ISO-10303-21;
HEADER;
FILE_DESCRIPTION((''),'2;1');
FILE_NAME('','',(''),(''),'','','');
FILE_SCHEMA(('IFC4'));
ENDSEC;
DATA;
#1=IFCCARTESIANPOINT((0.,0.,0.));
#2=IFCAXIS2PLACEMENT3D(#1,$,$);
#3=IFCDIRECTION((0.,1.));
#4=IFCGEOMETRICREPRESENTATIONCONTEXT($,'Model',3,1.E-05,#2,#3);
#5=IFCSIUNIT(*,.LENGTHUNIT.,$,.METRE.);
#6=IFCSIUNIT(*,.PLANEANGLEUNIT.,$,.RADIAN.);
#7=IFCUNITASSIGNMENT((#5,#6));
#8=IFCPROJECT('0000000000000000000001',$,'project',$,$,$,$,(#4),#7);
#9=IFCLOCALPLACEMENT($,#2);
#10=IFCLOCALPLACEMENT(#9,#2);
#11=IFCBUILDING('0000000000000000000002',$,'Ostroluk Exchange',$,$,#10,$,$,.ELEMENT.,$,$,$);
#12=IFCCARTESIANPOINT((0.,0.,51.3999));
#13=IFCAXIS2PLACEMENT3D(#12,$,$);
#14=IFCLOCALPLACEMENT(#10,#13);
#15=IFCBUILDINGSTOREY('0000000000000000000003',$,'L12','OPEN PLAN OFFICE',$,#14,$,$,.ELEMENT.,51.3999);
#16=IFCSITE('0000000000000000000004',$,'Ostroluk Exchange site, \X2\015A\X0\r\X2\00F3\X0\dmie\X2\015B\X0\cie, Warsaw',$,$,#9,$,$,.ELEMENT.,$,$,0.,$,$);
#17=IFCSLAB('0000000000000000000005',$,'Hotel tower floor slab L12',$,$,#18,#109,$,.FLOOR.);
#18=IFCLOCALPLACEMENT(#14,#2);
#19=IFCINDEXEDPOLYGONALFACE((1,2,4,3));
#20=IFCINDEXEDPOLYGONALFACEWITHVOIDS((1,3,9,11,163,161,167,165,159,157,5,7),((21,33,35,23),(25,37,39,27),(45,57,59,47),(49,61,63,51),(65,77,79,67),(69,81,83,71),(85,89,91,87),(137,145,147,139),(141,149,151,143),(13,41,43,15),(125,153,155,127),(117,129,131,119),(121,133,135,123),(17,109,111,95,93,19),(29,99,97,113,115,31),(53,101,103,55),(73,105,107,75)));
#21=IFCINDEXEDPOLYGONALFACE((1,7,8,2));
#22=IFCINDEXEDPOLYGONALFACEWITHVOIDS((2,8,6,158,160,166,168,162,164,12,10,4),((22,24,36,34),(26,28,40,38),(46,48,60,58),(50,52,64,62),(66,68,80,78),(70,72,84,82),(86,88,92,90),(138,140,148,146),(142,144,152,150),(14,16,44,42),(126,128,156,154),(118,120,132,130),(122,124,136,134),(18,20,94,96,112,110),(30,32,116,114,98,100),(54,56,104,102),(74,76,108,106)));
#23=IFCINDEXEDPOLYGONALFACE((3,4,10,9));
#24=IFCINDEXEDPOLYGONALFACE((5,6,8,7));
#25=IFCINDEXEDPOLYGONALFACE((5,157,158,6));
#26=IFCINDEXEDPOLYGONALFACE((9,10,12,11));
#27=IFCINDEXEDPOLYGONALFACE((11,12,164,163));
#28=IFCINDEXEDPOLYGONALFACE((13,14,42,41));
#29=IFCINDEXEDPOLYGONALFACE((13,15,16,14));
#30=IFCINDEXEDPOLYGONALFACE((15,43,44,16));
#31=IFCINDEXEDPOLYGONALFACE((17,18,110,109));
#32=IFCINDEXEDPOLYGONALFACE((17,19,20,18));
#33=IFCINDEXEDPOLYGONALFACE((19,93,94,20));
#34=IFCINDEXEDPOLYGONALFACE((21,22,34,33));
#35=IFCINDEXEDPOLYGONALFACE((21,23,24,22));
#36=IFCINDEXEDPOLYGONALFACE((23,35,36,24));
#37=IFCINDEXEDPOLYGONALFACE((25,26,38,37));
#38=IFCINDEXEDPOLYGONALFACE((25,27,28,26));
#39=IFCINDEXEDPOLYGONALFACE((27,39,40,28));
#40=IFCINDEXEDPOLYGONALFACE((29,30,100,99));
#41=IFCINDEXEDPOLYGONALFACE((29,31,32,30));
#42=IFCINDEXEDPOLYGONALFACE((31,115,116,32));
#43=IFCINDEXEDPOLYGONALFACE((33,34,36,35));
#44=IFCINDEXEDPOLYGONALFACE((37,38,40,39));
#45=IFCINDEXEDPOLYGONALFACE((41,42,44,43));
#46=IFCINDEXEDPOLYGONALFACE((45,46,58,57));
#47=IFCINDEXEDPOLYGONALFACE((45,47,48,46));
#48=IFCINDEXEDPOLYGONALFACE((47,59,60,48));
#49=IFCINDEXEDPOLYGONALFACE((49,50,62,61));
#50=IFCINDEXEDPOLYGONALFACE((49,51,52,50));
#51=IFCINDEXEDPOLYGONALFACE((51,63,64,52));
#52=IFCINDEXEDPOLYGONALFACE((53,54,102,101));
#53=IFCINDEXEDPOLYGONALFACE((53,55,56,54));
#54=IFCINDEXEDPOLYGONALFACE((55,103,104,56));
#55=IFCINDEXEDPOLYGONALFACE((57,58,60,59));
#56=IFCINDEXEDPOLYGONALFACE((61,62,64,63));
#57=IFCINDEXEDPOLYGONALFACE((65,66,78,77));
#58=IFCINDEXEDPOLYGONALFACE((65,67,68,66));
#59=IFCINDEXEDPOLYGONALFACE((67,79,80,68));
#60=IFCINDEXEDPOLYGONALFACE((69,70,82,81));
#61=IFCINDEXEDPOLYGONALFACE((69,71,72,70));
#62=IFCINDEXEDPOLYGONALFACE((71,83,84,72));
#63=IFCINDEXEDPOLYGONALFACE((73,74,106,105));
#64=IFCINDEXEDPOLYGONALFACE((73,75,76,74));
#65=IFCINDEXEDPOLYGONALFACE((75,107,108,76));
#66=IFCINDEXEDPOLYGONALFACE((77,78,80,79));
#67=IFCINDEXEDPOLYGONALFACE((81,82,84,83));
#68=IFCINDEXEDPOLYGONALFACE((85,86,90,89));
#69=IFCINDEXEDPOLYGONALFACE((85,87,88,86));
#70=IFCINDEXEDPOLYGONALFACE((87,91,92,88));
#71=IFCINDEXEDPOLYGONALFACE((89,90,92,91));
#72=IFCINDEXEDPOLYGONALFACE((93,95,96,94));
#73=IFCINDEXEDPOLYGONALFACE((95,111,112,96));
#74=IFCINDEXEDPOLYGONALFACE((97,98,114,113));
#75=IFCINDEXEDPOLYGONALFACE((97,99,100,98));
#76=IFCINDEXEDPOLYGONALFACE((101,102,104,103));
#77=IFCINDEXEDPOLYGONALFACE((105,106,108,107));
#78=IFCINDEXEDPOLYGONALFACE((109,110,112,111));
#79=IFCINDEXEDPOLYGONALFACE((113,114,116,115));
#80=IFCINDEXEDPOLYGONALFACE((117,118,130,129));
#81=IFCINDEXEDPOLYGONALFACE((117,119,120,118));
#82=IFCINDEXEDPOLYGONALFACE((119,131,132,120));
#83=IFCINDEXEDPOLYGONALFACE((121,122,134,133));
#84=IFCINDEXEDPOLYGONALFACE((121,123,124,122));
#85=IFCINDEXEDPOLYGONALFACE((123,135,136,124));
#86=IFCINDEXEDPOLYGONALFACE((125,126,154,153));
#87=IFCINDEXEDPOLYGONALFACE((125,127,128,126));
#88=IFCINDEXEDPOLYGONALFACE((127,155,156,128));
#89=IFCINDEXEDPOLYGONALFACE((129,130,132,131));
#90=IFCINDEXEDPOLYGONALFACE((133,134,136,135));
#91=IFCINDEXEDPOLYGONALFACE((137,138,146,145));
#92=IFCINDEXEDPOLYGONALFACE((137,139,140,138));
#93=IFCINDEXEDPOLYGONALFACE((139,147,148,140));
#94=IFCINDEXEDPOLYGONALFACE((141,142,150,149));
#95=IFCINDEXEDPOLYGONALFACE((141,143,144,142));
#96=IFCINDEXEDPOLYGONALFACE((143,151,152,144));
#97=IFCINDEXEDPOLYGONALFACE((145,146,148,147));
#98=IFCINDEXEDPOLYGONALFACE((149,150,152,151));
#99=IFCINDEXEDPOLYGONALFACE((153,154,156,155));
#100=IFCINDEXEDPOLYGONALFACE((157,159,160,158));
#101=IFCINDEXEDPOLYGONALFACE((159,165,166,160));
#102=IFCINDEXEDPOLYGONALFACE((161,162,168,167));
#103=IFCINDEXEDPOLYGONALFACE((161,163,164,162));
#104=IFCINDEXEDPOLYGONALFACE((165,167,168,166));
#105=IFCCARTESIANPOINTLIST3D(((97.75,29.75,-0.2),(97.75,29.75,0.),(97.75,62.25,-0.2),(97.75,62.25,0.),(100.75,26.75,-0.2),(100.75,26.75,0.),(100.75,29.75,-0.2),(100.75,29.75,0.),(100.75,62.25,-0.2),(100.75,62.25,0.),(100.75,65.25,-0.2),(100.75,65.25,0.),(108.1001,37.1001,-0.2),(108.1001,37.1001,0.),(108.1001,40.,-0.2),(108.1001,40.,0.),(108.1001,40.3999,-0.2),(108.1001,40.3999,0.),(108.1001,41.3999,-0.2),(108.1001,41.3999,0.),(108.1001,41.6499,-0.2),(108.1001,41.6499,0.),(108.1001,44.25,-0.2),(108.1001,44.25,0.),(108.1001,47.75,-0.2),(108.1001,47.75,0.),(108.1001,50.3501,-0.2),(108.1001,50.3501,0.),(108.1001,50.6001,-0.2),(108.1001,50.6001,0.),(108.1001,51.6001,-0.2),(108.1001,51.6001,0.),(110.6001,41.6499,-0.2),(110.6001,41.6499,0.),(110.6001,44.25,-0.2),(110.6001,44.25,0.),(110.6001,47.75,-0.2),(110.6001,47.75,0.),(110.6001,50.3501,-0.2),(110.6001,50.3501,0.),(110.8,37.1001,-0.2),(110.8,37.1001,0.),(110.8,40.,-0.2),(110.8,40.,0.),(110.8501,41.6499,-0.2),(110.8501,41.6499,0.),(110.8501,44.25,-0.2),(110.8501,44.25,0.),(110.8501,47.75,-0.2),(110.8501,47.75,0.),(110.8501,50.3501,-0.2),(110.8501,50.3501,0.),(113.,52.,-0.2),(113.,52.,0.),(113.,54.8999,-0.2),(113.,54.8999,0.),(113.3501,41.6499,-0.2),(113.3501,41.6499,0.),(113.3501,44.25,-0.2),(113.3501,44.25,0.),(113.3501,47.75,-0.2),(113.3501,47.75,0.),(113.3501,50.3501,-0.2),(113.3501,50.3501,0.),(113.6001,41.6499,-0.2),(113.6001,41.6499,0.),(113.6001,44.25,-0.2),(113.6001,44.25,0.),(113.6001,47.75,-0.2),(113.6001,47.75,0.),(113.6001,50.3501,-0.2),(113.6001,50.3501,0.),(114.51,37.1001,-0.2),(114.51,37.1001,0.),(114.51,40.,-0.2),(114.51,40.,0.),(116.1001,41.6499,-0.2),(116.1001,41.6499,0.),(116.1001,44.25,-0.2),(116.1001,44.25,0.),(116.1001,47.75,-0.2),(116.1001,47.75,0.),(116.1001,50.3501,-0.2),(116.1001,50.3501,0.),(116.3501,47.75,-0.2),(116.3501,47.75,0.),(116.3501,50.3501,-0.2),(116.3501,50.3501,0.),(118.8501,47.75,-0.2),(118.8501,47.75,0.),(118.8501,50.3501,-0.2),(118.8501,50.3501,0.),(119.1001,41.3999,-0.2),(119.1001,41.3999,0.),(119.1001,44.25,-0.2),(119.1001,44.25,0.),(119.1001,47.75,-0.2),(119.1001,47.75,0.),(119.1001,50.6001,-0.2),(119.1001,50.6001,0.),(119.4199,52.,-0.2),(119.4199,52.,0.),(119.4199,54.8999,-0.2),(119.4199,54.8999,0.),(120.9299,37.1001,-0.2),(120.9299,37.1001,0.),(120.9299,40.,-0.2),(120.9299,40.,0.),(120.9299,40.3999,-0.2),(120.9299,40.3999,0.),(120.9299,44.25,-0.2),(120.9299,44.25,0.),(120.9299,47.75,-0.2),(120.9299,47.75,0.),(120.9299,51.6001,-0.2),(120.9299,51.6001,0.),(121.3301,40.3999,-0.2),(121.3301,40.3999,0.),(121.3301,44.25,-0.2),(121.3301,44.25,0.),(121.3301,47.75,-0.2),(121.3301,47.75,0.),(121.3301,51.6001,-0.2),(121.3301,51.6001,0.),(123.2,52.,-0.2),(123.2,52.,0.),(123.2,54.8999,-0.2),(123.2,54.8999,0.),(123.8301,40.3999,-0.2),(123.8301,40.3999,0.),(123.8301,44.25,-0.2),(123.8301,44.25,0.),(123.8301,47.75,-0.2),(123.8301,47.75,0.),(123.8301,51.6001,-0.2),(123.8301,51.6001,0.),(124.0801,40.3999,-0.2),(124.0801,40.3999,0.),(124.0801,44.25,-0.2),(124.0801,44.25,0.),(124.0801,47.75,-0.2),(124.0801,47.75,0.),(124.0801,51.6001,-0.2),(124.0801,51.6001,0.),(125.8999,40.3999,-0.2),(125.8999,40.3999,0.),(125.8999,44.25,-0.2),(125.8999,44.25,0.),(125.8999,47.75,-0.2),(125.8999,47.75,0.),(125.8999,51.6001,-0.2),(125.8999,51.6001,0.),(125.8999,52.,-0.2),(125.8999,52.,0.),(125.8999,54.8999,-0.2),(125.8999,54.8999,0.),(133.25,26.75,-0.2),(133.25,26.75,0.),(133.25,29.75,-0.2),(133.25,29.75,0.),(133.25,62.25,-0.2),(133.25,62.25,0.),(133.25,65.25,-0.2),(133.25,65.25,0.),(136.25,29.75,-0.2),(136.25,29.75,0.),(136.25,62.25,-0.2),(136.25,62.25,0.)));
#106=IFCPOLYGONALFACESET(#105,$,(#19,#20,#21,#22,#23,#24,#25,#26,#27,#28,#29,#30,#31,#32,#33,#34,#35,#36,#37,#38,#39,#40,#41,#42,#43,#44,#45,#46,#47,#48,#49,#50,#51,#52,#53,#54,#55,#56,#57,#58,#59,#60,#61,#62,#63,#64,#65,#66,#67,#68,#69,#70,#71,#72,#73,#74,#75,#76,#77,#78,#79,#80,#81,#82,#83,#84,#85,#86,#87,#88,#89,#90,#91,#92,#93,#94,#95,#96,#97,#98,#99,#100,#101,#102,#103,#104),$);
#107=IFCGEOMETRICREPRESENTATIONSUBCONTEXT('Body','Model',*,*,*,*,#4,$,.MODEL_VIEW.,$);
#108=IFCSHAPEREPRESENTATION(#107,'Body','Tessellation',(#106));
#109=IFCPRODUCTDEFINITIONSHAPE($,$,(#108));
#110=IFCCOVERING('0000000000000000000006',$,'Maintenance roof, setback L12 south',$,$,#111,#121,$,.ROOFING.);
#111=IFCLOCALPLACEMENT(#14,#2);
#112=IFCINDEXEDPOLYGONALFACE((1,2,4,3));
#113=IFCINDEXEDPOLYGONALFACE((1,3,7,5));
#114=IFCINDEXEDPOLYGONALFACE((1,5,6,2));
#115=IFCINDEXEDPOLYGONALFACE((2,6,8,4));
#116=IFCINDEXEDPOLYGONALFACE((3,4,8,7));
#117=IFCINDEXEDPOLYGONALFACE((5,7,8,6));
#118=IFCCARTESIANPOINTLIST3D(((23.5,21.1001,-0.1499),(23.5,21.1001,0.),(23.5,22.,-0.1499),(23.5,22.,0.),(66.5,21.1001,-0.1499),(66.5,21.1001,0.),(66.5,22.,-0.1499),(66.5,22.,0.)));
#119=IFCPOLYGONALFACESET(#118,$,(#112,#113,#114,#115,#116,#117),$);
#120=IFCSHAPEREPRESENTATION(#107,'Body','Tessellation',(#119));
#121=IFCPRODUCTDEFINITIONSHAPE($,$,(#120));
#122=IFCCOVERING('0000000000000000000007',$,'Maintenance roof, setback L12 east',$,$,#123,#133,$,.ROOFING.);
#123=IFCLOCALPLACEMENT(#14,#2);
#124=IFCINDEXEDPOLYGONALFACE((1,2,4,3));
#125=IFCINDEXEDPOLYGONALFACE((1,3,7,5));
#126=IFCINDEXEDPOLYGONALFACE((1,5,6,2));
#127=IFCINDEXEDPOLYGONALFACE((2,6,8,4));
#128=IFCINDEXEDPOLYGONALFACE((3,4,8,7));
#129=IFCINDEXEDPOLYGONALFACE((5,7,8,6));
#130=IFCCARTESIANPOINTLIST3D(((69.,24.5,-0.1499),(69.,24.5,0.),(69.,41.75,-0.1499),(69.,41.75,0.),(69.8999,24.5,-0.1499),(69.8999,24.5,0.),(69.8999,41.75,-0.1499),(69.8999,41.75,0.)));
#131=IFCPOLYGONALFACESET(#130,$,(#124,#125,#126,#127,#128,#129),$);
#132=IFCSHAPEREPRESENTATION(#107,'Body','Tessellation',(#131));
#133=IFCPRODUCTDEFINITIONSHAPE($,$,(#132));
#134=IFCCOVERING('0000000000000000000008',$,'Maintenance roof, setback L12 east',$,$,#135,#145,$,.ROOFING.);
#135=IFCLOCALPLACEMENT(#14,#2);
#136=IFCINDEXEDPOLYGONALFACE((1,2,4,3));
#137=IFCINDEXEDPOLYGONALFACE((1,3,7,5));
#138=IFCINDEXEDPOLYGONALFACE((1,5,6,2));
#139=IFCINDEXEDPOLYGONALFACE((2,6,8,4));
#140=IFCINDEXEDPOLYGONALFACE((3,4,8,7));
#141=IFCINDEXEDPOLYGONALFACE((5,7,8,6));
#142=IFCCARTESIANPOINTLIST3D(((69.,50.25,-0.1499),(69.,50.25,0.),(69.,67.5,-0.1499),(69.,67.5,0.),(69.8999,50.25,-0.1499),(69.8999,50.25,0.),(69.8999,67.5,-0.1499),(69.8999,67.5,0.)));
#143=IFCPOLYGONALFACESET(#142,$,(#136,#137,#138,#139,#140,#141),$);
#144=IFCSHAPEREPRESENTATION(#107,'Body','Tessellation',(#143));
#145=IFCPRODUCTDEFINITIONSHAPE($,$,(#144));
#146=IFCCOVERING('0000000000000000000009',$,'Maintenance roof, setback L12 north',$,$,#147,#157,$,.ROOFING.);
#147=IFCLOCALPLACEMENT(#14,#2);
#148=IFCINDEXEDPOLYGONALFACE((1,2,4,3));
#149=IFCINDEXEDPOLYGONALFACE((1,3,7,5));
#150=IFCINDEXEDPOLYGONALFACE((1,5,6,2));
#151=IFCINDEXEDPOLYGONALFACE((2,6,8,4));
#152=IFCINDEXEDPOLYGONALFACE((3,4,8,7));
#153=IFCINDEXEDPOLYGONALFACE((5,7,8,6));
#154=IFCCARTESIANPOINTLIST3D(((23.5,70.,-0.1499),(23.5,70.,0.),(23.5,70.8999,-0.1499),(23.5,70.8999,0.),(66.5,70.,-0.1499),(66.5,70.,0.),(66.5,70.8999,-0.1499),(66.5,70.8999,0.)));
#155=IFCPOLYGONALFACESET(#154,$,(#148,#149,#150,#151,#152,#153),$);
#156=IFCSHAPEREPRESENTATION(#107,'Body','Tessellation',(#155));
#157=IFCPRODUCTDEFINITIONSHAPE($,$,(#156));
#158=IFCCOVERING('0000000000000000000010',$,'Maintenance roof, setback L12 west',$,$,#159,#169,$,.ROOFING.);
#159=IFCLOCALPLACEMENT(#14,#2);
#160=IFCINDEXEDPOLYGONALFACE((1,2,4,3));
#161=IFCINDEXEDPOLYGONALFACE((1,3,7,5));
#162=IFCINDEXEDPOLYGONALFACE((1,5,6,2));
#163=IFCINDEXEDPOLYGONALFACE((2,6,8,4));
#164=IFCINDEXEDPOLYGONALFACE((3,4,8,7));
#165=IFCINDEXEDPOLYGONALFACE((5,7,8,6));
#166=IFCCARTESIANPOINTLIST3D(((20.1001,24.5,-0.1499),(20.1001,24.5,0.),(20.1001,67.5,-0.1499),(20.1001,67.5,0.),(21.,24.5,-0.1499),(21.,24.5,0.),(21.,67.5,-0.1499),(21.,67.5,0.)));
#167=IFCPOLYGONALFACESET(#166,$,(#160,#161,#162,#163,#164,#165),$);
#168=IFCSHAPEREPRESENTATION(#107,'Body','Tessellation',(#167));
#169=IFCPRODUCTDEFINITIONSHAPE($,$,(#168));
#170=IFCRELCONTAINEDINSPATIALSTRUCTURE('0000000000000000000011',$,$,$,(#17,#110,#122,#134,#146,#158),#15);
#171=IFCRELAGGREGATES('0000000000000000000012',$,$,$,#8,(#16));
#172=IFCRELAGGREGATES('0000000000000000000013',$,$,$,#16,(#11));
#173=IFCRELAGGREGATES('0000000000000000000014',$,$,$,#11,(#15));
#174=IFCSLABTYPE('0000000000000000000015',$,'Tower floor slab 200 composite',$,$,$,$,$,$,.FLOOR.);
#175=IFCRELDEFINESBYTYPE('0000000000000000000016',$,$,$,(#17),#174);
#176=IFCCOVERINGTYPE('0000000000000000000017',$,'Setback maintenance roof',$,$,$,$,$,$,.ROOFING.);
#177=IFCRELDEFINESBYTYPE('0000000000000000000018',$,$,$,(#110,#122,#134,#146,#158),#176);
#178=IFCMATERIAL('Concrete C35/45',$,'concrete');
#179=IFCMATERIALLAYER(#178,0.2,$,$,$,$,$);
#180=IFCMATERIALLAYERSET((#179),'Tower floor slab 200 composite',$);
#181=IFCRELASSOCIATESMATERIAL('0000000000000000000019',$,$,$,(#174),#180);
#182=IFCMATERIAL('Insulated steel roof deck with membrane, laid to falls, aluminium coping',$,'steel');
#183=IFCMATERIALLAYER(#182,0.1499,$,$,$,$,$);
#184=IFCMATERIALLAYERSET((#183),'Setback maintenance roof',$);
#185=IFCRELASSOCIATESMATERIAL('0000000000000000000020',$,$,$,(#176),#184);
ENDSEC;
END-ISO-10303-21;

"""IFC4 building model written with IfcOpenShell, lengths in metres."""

from ifc_helpers import new_model, si_unit, direction, frame, origin, place, context, subcontext, project, spatial, polyline, outline, extrude, material, layer, layer_set, type_object, element, save


model = new_model("IFC4")

# Units and contexts
model_context = context("Model", 3, precision=1e-05, world=origin(), true_north=direction((0.0, 1.0)))
body_context = subcontext(model_context, "Body", "Model", "MODEL_VIEW")
ifc_project = project(units=[si_unit("LENGTHUNIT", "METRE"), si_unit("PLANEANGLEUNIT", "RADIAN")], contexts=[model_context])

# Site, building, storey
site_placement = place(None, origin())
site = spatial("IfcSite", under=ifc_project, at=site_placement, Name="Ostroluk Exchange site, Śródmieście, Warsaw", CompositionType="ELEMENT", RefElevation=0.0)
building_placement = place(site_placement, origin())
building = spatial("IfcBuilding", under=site, at=building_placement, Name="Ostroluk Exchange", CompositionType="ELEMENT")
storey_placement = place(building_placement, frame((0.0, 0.0, 51.3999)))
storey = spatial("IfcBuildingStorey", under=building, at=storey_placement, Name="L12", Description="OPEN PLAN OFFICE", CompositionType="ELEMENT", Elevation=51.3999)

# Slab
ifc_material_1 = material(Name="Concrete C35/45", Category="concrete")
ifc_layer_1 = layer(ifc_material_1, 0.2)
ifc_layer_set_1 = layer_set([ifc_layer_1], Name="Tower floor slab 200 composite")
slab_type_1 = type_object("IfcSlabType", Name="Tower floor slab 200 composite", PredefinedType="FLOOR", material=ifc_layer_set_1)
slab_1_placement = place(storey_placement, frame((0.0, 0.0, -0.2)))
element("IfcSlab", 1, at=slab_1_placement, inside=storey, type_object=slab_type_1, Name="Hotel tower floor slab L12", PredefinedType="FLOOR", context=body_context, shape_type="SweptSolid", body=[
    extrude(outline(polyline([(100.75, 26.75), (133.25, 26.75), (133.25, 29.75), (136.25, 29.75), (136.25, 62.25), (133.25, 62.25), (133.25, 65.25), (100.75, 65.25), (100.75, 62.25), (97.75, 62.25), (97.75, 29.75), (100.75, 29.75), (100.75, 26.75)]), holes=[polyline([(108.1001, 37.1001), (110.8, 37.1001), (110.8, 40.0), (108.1001, 40.0), (108.1001, 37.1001)]), polyline([(114.51, 37.1001), (120.9299, 37.1001), (120.9299, 40.0), (114.51, 40.0), (114.51, 37.1001)]), polyline([(113.0, 52.0), (119.4199, 52.0), (119.4199, 54.8999), (113.0, 54.8999), (113.0, 52.0)]), polyline([(123.2, 52.0), (125.8999, 52.0), (125.8999, 54.8999), (123.2, 54.8999), (123.2, 52.0)]), polyline([(108.1001, 47.75), (110.6001, 47.75), (110.6001, 50.3501), (108.1001, 50.3501), (108.1001, 47.75)]), polyline([(110.8501, 47.75), (113.3501, 47.75), (113.3501, 50.3501), (110.8501, 50.3501), (110.8501, 47.75)]), polyline([(113.6001, 47.75), (116.1001, 47.75), (116.1001, 50.3501), (113.6001, 50.3501), (113.6001, 47.75)]), polyline([(116.3501, 47.75), (118.8501, 47.75), (118.8501, 50.3501), (116.3501, 50.3501), (116.3501, 47.75)]), polyline([(108.1001, 41.6499), (110.6001, 41.6499), (110.6001, 44.25), (108.1001, 44.25), (108.1001, 41.6499)]), polyline([(110.8501, 41.6499), (113.3501, 41.6499), (113.3501, 44.25), (110.8501, 44.25), (110.8501, 41.6499)]), polyline([(113.6001, 41.6499), (116.1001, 41.6499), (116.1001, 44.25), (113.6001, 44.25), (113.6001, 41.6499)]), polyline([(121.3301, 47.75), (123.8301, 47.75), (123.8301, 51.6001), (121.3301, 51.6001), (121.3301, 47.75)]), polyline([(121.3301, 40.3999), (123.8301, 40.3999), (123.8301, 44.25), (121.3301, 44.25), (121.3301, 40.3999)]), polyline([(120.9299, 51.6001), (120.9299, 47.75), (119.1001, 47.75), (119.1001, 50.6001), (108.1001, 50.6001), (108.1001, 51.6001), (120.9299, 51.6001)]), polyline([(108.1001, 40.3999), (108.1001, 41.3999), (119.1001, 41.3999), (119.1001, 44.25), (120.9299, 44.25), (120.9299, 40.3999), (108.1001, 40.3999)]), polyline([(124.0801, 47.75), (125.8999, 47.75), (125.8999, 51.6001), (124.0801, 51.6001), (124.0801, 47.75)]), polyline([(124.0801, 40.3999), (125.8999, 40.3999), (125.8999, 44.25), (124.0801, 44.25), (124.0801, 40.3999)])]), origin(), (0.0, 0.0, 1.0), 0.2),
])

# Coverings
ifc_material_2 = material(Name="Insulated steel roof deck with membrane, laid to falls, aluminium coping", Category="steel")
ifc_layer_2 = layer(ifc_material_2, 0.1499)
ifc_layer_set_2 = layer_set([ifc_layer_2], Name="Setback maintenance roof")
covering_type = type_object("IfcCoveringType", Name="Setback maintenance roof", PredefinedType="ROOFING", material=ifc_layer_set_2)
covering_1_placement = place(storey_placement, frame((0.0, 0.0, -0.1499)))
element("IfcCovering", 2, at=covering_1_placement, inside=storey, type_object=covering_type, Name="Maintenance roof, setback L12 south", PredefinedType="ROOFING", context=body_context, shape_type="SweptSolid", body=[
    extrude(outline(polyline([(23.5, 22.0), (66.5, 22.0), (66.5, 21.1001), (23.5, 21.1001), (23.5, 22.0)])), origin(), (0.0, 0.0, 1.0), 0.1499),
])
covering_2_placement = place(storey_placement, frame((0.0, 0.0, -0.1499)))
element("IfcCovering", 3, at=covering_2_placement, inside=storey, type_object=covering_type, Name="Maintenance roof, setback L12 east", PredefinedType="ROOFING", context=body_context, shape_type="SweptSolid", body=[
    extrude(outline(polyline([(69.0, 41.75), (69.8999, 41.75), (69.8999, 24.5), (69.0, 24.5), (69.0, 41.75)])), origin(), (0.0, 0.0, 1.0), 0.1499),
])
covering_3_placement = place(storey_placement, frame((0.0, 0.0, -0.1499)))
element("IfcCovering", 4, at=covering_3_placement, inside=storey, type_object=covering_type, Name="Maintenance roof, setback L12 east", PredefinedType="ROOFING", context=body_context, shape_type="SweptSolid", body=[
    extrude(outline(polyline([(69.0, 67.5), (69.8999, 67.5), (69.8999, 50.25), (69.0, 50.25), (69.0, 67.5)])), origin(), (0.0, 0.0, 1.0), 0.1499),
])
covering_4_placement = place(storey_placement, frame((0.0, 0.0, -0.1499)))
element("IfcCovering", 5, at=covering_4_placement, inside=storey, type_object=covering_type, Name="Maintenance roof, setback L12 north", PredefinedType="ROOFING", context=body_context, shape_type="SweptSolid", body=[
    extrude(outline(polyline([(23.5, 70.8999), (66.5, 70.8999), (66.5, 70.0), (23.5, 70.0), (23.5, 70.8999)])), origin(), (0.0, 0.0, 1.0), 0.1499),
])
covering_5_placement = place(storey_placement, frame((0.0, 0.0, -0.1499)))
element("IfcCovering", 6, at=covering_5_placement, inside=storey, type_object=covering_type, Name="Maintenance roof, setback L12 west", PredefinedType="ROOFING", context=body_context, shape_type="SweptSolid", body=[
    extrude(outline(polyline([(20.1001, 67.5), (21.0, 67.5), (21.0, 24.5), (20.1001, 24.5), (20.1001, 67.5)])), origin(), (0.0, 0.0, 1.0), 0.1499),
])

save(model, "model.ifc")
